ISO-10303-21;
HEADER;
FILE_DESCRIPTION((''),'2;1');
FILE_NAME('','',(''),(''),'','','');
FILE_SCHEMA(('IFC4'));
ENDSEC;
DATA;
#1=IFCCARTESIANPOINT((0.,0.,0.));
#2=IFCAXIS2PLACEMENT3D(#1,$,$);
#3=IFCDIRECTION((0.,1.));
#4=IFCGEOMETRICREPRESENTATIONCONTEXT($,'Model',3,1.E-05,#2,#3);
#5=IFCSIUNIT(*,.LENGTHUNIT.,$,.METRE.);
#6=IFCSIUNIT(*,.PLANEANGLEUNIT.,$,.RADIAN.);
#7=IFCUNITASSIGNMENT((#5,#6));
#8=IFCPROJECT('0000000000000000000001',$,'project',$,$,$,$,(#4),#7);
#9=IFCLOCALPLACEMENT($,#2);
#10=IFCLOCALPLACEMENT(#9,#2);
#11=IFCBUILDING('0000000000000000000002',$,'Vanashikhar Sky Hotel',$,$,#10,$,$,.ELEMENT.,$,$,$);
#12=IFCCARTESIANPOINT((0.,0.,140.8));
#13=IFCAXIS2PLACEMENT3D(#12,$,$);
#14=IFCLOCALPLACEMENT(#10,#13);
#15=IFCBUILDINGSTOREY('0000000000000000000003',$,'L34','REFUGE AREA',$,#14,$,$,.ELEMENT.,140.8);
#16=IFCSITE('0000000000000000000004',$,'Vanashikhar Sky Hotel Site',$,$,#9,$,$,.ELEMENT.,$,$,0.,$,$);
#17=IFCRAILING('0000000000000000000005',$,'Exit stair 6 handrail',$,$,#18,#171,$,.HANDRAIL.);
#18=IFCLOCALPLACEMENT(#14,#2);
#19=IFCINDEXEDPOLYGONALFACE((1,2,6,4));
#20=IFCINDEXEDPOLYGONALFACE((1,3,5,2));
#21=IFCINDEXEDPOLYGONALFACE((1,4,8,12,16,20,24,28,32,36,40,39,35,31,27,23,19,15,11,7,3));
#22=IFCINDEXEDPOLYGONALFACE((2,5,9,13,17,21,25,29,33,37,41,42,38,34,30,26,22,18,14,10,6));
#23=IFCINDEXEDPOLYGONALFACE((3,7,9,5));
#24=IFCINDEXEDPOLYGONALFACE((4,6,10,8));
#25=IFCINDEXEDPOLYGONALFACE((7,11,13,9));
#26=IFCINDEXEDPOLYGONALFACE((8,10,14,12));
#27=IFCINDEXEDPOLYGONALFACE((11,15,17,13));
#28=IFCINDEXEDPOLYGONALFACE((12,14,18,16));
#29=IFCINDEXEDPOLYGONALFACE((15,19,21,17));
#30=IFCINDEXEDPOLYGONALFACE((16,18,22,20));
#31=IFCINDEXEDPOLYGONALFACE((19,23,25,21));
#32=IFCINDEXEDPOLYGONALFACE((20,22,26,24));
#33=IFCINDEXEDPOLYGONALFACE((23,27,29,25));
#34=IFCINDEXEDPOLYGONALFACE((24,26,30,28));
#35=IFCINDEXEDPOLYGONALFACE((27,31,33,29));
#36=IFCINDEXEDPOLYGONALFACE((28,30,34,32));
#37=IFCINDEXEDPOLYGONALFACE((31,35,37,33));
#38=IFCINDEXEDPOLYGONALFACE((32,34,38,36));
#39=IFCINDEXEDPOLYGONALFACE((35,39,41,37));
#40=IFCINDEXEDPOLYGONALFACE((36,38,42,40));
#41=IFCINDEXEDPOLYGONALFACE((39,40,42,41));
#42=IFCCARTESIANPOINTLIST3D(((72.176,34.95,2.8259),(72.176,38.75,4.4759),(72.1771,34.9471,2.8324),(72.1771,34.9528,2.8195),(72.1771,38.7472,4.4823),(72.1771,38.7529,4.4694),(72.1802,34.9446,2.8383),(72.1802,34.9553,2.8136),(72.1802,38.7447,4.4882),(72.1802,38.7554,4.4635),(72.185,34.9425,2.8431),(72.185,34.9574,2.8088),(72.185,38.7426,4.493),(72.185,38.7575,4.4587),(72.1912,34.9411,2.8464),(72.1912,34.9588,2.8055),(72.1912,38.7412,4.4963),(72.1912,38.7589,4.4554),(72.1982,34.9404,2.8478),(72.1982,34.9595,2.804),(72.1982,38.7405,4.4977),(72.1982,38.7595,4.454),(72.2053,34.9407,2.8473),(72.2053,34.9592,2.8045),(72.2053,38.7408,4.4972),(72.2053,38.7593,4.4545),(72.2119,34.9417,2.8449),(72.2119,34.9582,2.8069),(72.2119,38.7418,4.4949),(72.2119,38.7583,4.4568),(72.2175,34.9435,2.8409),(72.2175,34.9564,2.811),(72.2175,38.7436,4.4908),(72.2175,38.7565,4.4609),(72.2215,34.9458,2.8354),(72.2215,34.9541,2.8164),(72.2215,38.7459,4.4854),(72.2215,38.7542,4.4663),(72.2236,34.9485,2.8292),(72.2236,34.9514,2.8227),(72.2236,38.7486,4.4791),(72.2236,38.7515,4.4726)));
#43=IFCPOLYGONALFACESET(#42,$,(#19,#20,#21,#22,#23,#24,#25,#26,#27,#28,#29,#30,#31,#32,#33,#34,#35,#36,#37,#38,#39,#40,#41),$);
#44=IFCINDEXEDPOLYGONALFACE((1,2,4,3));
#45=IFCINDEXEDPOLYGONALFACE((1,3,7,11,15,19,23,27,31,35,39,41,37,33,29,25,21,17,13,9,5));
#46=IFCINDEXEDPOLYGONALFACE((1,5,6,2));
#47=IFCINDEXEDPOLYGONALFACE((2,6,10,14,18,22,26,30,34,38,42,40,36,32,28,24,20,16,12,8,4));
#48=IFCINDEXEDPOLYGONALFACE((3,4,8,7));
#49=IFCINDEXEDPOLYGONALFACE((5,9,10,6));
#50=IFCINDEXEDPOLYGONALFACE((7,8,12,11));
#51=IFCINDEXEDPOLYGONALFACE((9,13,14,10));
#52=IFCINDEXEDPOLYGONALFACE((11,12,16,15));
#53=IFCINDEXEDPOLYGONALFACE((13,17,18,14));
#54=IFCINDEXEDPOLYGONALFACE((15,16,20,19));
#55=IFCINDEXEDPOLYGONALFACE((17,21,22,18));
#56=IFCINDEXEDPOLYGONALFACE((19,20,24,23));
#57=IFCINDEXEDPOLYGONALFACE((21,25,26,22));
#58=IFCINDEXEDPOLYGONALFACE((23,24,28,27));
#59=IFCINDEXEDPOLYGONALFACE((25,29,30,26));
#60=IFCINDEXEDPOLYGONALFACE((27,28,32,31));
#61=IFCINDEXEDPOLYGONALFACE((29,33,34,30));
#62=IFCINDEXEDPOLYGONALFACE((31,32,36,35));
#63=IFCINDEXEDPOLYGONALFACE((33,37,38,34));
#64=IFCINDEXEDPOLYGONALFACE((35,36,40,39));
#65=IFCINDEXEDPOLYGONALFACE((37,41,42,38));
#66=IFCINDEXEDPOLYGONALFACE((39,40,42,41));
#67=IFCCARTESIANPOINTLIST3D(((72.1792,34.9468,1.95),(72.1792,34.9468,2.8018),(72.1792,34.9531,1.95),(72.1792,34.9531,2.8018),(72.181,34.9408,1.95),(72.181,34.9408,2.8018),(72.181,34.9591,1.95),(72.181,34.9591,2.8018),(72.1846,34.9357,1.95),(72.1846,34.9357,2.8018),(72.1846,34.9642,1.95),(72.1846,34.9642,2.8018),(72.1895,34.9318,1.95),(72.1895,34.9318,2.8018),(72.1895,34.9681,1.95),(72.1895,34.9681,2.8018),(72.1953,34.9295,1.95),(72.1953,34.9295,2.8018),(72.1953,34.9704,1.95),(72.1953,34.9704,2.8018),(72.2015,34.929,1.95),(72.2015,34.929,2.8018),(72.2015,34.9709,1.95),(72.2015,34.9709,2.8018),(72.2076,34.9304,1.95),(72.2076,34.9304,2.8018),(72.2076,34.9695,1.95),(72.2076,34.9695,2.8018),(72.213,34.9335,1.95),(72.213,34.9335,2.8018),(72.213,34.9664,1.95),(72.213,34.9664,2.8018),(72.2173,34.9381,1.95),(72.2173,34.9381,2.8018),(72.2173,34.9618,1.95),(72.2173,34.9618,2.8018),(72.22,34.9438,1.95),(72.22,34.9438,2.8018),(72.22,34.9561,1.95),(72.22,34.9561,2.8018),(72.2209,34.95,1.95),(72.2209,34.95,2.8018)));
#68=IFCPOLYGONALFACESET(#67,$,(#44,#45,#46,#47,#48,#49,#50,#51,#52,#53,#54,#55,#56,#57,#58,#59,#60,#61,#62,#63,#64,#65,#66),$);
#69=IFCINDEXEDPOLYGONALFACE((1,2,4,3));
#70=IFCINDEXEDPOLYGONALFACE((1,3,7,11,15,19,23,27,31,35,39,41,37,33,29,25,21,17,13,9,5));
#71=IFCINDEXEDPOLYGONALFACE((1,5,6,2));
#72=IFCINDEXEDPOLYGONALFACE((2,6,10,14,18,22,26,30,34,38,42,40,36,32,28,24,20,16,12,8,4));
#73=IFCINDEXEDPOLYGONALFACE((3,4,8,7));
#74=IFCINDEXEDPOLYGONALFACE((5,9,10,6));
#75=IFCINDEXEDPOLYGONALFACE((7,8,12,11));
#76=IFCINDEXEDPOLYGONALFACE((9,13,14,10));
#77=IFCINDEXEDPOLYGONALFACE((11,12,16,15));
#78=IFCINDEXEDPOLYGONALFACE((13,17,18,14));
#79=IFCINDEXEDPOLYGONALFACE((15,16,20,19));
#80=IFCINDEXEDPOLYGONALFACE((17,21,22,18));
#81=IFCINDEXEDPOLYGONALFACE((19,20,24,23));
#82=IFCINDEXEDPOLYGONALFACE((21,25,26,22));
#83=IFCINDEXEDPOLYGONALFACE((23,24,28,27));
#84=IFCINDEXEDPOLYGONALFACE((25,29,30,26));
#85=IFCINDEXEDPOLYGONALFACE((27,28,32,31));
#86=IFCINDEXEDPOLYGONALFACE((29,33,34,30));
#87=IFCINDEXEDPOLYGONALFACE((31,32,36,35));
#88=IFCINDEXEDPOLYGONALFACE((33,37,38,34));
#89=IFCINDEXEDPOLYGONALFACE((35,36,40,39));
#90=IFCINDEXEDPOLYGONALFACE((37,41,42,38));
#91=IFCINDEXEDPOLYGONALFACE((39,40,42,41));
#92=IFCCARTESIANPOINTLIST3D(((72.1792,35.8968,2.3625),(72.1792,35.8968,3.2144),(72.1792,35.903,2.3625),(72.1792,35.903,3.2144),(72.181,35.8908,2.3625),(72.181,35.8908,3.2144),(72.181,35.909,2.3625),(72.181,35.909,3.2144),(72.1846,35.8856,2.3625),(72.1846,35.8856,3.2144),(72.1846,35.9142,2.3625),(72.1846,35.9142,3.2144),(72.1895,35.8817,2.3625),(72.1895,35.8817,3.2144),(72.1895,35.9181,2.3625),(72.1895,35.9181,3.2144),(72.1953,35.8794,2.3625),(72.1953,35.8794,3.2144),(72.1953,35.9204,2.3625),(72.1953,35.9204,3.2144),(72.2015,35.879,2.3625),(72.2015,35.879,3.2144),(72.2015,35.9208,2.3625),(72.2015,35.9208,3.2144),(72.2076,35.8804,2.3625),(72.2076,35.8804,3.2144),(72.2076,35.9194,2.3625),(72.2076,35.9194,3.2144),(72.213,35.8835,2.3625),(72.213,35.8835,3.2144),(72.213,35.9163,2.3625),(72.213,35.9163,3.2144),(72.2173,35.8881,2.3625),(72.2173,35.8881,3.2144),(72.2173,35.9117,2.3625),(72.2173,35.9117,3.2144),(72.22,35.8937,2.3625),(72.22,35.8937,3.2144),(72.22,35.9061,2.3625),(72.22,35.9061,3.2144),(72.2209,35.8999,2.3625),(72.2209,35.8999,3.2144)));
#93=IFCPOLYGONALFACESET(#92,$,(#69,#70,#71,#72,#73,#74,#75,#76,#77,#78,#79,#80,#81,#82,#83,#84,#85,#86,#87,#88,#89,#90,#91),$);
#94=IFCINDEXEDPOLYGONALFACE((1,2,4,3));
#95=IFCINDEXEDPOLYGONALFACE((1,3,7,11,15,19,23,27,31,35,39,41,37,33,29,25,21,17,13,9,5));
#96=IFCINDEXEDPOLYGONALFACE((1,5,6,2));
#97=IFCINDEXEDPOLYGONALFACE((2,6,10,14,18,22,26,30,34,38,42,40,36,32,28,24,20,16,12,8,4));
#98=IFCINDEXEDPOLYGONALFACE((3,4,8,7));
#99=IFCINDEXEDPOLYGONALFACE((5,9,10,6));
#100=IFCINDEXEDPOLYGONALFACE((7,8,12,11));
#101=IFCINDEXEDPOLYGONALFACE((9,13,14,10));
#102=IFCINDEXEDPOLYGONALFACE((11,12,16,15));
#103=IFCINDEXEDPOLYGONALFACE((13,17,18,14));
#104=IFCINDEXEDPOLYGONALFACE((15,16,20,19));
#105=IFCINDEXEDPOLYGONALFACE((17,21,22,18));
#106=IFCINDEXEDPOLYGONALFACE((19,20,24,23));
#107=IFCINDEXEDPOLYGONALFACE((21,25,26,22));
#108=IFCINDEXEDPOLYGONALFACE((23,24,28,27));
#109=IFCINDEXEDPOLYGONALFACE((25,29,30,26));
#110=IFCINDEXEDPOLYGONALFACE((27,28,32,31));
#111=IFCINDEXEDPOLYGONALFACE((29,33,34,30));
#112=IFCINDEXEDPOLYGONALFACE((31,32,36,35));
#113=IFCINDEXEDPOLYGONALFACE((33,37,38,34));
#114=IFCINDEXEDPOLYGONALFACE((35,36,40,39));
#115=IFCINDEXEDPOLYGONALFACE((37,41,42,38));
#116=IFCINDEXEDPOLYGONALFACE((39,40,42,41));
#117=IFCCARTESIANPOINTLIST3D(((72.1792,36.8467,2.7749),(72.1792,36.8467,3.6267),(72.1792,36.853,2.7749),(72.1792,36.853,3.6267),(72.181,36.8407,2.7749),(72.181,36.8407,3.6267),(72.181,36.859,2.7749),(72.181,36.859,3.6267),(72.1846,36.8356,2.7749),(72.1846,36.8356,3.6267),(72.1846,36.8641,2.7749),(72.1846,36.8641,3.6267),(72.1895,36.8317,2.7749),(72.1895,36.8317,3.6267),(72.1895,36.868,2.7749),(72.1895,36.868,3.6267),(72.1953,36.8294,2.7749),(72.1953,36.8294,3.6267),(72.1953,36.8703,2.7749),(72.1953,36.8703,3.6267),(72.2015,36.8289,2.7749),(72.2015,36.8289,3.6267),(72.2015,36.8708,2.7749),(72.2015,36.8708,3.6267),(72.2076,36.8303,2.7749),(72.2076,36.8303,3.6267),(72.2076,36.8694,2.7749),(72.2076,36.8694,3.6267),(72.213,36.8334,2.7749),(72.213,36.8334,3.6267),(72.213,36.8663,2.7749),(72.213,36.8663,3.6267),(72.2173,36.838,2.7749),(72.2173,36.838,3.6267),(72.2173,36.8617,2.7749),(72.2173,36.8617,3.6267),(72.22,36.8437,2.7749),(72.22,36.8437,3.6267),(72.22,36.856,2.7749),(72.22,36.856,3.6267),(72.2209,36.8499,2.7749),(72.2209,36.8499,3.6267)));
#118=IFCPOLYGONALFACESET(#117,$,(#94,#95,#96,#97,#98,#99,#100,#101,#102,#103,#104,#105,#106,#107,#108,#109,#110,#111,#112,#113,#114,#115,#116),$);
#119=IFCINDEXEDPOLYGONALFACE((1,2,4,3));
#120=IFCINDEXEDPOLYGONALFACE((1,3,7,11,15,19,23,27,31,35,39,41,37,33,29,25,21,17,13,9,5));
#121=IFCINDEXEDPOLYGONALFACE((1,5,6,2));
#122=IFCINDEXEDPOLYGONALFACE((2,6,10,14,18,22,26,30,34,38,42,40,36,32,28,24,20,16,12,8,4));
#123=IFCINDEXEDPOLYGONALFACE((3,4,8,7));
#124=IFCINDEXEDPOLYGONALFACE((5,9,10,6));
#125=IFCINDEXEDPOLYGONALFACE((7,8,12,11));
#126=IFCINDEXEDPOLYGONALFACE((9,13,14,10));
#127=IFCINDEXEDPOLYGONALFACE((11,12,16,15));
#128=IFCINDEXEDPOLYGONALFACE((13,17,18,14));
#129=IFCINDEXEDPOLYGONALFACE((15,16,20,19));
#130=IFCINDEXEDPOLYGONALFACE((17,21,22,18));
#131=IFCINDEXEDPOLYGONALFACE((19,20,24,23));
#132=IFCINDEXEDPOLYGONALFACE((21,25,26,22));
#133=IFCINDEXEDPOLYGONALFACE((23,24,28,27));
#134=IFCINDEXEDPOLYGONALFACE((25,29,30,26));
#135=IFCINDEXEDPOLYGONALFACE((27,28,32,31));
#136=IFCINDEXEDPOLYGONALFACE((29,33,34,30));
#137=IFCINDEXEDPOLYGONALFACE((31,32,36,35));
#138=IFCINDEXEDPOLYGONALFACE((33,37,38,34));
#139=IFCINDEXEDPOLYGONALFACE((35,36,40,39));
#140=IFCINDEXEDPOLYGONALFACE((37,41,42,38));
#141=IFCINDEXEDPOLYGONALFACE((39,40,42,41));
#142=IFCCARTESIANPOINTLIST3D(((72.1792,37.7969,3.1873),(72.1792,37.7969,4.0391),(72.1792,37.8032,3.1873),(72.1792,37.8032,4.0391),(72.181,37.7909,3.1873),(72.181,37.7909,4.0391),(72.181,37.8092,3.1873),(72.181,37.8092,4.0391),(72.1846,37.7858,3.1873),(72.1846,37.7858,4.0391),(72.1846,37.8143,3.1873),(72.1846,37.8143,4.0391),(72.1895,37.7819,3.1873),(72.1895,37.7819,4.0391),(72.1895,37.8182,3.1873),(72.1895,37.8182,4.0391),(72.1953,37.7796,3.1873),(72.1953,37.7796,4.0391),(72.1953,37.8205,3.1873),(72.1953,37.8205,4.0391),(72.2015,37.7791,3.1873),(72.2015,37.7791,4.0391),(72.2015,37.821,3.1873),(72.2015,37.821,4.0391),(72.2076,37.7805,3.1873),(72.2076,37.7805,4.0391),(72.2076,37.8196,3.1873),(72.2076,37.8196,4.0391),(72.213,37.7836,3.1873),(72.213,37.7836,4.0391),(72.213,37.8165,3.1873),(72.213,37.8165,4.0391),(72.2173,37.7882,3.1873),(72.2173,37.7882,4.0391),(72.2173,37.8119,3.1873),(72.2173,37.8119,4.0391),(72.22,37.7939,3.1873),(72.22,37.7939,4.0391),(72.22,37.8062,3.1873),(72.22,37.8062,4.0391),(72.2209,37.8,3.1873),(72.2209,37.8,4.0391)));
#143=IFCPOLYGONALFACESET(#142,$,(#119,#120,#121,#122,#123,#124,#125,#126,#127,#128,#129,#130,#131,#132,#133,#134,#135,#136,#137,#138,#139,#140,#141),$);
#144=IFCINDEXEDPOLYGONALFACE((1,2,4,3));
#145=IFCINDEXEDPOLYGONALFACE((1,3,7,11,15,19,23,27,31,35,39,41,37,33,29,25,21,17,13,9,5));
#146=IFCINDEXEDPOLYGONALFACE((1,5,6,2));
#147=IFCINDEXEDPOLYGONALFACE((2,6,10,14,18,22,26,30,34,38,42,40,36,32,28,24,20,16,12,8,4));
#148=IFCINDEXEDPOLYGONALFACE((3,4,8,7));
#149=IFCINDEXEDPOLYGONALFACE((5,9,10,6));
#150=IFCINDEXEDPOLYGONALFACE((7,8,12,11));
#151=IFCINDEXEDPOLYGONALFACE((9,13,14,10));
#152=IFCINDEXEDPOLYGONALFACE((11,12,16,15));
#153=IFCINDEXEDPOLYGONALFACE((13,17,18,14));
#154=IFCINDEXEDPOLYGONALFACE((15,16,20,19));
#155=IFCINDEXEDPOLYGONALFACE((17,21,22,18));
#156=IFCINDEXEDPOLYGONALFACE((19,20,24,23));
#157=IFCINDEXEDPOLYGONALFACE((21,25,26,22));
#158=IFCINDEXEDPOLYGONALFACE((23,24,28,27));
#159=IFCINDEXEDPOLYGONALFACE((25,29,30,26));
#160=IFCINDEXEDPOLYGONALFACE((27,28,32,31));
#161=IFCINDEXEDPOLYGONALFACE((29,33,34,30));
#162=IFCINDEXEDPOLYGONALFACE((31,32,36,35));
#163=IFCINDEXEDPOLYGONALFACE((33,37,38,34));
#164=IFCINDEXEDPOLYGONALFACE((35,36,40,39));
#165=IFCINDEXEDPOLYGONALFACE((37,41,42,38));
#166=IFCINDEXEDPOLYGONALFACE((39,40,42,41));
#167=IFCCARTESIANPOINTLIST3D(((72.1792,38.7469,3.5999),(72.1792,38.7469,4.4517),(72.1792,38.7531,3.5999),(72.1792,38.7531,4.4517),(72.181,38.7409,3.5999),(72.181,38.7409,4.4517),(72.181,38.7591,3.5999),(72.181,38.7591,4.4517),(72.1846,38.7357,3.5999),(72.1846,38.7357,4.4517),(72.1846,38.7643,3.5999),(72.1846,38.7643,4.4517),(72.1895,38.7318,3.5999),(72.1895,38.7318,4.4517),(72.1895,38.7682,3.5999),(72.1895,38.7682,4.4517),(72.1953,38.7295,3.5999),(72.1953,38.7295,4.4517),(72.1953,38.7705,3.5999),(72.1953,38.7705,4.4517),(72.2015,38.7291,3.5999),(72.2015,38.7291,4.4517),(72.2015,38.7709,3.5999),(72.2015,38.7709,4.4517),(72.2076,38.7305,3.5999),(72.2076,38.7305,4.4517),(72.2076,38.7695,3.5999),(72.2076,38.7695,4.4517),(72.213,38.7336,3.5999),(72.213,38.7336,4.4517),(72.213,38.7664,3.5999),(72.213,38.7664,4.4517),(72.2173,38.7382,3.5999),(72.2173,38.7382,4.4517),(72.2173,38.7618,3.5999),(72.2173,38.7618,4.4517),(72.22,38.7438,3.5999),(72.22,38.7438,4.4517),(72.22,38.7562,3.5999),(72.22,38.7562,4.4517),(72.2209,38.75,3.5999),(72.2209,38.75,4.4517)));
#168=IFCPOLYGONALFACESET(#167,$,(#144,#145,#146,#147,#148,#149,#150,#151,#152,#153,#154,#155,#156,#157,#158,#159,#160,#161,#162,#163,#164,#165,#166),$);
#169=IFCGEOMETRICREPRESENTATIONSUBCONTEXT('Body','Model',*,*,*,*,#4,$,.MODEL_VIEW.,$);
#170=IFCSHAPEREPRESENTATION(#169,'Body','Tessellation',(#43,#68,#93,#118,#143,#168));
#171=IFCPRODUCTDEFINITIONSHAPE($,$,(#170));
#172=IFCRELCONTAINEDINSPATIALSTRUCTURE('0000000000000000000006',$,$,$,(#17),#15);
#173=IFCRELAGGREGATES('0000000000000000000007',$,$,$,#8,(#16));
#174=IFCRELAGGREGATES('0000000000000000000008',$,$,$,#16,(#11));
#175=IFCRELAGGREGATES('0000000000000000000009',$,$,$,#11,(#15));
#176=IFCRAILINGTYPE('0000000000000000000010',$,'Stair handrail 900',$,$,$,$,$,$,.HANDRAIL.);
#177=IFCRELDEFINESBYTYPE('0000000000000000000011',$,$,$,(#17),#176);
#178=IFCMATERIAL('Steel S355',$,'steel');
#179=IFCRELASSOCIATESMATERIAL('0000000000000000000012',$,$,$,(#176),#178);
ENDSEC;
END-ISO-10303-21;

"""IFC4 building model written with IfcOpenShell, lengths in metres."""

from ifc_helpers import new_model, si_unit, direction, frame, origin, origin_2d, place, context, subcontext, project, spatial, circle, extrude, source, transform, mapped, material, type_object, element, save


model = new_model("IFC4")

# Units and contexts
model_context = context("Model", 3, precision=1e-05, world=origin(), true_north=direction((0.0, 1.0)))
body_context = subcontext(model_context, "Body", "Model", "MODEL_VIEW")
ifc_project = project(units=[si_unit("LENGTHUNIT", "METRE"), si_unit("PLANEANGLEUNIT", "RADIAN")], contexts=[model_context])

# Site, building, storey
site_placement = place(None, origin())
site = spatial("IfcSite", under=ifc_project, at=site_placement, Name="Vanashikhar Sky Hotel Site", CompositionType="ELEMENT", RefElevation=0.0)
building_placement = place(site_placement, origin())
building = spatial("IfcBuilding", under=site, at=building_placement, Name="Vanashikhar Sky Hotel", CompositionType="ELEMENT")
storey_placement = place(building_placement, frame((0.0, 0.0, 140.8)))
storey = spatial("IfcBuildingStorey", under=building, at=storey_placement, Name="L34", Description="REFUGE AREA", CompositionType="ELEMENT", Elevation=140.8)

# Railing
ifc_material_1 = material(Name="Steel S355", Category="steel")
railing_type_1 = type_object("IfcRailingType", Name="Stair handrail 900", PredefinedType="HANDRAIL", material=ifc_material_1)
shared_shape_1 = source(origin(), body_context, "Body", "SweptSolid", [
    extrude(circle(Radius=0.0239, at=origin_2d()), frame((0.0, 0.0, 0.876), z_axis=(0.0, 0.917272, 0.398261), x_axis=(-1.0, 0.0, 0.0)), (0.0, 0.0, 1.0), 4.1428),
    extrude(circle(Radius=0.021, at=origin_2d()), origin(), (0.0, 0.0, 1.0), 0.8518),
    extrude(circle(Radius=0.021, at=origin_2d()), frame((0.0, 0.95, 0.4126)), (0.0, 0.0, 1.0), 0.8518),
    extrude(circle(Radius=0.021, at=origin_2d()), frame((0.0, 1.8999, 0.825)), (0.0, 0.0, 1.0), 0.8518),
    extrude(circle(Radius=0.021, at=origin_2d()), frame((0.0, 2.8501, 1.2373)), (0.0, 0.0, 1.0), 0.8518),
    extrude(circle(Radius=0.021, at=origin_2d()), frame((0.0, 3.8, 1.6499)), (0.0, 0.0, 1.0), 0.8518),
])
railing_placement = place(storey_placement, frame((72.2, 34.95, 1.95)))
element("IfcRailing", 1, at=railing_placement, inside=storey, type_object=railing_type_1, Name="Exit stair 6 handrail", PredefinedType="HANDRAIL", context=body_context, shape_type="MappedRepresentation", body=[
    mapped(shared_shape_1, transform((0.0, 0.0, 0.0), scale=1.0)),
])

save(model, "model.ifc")
